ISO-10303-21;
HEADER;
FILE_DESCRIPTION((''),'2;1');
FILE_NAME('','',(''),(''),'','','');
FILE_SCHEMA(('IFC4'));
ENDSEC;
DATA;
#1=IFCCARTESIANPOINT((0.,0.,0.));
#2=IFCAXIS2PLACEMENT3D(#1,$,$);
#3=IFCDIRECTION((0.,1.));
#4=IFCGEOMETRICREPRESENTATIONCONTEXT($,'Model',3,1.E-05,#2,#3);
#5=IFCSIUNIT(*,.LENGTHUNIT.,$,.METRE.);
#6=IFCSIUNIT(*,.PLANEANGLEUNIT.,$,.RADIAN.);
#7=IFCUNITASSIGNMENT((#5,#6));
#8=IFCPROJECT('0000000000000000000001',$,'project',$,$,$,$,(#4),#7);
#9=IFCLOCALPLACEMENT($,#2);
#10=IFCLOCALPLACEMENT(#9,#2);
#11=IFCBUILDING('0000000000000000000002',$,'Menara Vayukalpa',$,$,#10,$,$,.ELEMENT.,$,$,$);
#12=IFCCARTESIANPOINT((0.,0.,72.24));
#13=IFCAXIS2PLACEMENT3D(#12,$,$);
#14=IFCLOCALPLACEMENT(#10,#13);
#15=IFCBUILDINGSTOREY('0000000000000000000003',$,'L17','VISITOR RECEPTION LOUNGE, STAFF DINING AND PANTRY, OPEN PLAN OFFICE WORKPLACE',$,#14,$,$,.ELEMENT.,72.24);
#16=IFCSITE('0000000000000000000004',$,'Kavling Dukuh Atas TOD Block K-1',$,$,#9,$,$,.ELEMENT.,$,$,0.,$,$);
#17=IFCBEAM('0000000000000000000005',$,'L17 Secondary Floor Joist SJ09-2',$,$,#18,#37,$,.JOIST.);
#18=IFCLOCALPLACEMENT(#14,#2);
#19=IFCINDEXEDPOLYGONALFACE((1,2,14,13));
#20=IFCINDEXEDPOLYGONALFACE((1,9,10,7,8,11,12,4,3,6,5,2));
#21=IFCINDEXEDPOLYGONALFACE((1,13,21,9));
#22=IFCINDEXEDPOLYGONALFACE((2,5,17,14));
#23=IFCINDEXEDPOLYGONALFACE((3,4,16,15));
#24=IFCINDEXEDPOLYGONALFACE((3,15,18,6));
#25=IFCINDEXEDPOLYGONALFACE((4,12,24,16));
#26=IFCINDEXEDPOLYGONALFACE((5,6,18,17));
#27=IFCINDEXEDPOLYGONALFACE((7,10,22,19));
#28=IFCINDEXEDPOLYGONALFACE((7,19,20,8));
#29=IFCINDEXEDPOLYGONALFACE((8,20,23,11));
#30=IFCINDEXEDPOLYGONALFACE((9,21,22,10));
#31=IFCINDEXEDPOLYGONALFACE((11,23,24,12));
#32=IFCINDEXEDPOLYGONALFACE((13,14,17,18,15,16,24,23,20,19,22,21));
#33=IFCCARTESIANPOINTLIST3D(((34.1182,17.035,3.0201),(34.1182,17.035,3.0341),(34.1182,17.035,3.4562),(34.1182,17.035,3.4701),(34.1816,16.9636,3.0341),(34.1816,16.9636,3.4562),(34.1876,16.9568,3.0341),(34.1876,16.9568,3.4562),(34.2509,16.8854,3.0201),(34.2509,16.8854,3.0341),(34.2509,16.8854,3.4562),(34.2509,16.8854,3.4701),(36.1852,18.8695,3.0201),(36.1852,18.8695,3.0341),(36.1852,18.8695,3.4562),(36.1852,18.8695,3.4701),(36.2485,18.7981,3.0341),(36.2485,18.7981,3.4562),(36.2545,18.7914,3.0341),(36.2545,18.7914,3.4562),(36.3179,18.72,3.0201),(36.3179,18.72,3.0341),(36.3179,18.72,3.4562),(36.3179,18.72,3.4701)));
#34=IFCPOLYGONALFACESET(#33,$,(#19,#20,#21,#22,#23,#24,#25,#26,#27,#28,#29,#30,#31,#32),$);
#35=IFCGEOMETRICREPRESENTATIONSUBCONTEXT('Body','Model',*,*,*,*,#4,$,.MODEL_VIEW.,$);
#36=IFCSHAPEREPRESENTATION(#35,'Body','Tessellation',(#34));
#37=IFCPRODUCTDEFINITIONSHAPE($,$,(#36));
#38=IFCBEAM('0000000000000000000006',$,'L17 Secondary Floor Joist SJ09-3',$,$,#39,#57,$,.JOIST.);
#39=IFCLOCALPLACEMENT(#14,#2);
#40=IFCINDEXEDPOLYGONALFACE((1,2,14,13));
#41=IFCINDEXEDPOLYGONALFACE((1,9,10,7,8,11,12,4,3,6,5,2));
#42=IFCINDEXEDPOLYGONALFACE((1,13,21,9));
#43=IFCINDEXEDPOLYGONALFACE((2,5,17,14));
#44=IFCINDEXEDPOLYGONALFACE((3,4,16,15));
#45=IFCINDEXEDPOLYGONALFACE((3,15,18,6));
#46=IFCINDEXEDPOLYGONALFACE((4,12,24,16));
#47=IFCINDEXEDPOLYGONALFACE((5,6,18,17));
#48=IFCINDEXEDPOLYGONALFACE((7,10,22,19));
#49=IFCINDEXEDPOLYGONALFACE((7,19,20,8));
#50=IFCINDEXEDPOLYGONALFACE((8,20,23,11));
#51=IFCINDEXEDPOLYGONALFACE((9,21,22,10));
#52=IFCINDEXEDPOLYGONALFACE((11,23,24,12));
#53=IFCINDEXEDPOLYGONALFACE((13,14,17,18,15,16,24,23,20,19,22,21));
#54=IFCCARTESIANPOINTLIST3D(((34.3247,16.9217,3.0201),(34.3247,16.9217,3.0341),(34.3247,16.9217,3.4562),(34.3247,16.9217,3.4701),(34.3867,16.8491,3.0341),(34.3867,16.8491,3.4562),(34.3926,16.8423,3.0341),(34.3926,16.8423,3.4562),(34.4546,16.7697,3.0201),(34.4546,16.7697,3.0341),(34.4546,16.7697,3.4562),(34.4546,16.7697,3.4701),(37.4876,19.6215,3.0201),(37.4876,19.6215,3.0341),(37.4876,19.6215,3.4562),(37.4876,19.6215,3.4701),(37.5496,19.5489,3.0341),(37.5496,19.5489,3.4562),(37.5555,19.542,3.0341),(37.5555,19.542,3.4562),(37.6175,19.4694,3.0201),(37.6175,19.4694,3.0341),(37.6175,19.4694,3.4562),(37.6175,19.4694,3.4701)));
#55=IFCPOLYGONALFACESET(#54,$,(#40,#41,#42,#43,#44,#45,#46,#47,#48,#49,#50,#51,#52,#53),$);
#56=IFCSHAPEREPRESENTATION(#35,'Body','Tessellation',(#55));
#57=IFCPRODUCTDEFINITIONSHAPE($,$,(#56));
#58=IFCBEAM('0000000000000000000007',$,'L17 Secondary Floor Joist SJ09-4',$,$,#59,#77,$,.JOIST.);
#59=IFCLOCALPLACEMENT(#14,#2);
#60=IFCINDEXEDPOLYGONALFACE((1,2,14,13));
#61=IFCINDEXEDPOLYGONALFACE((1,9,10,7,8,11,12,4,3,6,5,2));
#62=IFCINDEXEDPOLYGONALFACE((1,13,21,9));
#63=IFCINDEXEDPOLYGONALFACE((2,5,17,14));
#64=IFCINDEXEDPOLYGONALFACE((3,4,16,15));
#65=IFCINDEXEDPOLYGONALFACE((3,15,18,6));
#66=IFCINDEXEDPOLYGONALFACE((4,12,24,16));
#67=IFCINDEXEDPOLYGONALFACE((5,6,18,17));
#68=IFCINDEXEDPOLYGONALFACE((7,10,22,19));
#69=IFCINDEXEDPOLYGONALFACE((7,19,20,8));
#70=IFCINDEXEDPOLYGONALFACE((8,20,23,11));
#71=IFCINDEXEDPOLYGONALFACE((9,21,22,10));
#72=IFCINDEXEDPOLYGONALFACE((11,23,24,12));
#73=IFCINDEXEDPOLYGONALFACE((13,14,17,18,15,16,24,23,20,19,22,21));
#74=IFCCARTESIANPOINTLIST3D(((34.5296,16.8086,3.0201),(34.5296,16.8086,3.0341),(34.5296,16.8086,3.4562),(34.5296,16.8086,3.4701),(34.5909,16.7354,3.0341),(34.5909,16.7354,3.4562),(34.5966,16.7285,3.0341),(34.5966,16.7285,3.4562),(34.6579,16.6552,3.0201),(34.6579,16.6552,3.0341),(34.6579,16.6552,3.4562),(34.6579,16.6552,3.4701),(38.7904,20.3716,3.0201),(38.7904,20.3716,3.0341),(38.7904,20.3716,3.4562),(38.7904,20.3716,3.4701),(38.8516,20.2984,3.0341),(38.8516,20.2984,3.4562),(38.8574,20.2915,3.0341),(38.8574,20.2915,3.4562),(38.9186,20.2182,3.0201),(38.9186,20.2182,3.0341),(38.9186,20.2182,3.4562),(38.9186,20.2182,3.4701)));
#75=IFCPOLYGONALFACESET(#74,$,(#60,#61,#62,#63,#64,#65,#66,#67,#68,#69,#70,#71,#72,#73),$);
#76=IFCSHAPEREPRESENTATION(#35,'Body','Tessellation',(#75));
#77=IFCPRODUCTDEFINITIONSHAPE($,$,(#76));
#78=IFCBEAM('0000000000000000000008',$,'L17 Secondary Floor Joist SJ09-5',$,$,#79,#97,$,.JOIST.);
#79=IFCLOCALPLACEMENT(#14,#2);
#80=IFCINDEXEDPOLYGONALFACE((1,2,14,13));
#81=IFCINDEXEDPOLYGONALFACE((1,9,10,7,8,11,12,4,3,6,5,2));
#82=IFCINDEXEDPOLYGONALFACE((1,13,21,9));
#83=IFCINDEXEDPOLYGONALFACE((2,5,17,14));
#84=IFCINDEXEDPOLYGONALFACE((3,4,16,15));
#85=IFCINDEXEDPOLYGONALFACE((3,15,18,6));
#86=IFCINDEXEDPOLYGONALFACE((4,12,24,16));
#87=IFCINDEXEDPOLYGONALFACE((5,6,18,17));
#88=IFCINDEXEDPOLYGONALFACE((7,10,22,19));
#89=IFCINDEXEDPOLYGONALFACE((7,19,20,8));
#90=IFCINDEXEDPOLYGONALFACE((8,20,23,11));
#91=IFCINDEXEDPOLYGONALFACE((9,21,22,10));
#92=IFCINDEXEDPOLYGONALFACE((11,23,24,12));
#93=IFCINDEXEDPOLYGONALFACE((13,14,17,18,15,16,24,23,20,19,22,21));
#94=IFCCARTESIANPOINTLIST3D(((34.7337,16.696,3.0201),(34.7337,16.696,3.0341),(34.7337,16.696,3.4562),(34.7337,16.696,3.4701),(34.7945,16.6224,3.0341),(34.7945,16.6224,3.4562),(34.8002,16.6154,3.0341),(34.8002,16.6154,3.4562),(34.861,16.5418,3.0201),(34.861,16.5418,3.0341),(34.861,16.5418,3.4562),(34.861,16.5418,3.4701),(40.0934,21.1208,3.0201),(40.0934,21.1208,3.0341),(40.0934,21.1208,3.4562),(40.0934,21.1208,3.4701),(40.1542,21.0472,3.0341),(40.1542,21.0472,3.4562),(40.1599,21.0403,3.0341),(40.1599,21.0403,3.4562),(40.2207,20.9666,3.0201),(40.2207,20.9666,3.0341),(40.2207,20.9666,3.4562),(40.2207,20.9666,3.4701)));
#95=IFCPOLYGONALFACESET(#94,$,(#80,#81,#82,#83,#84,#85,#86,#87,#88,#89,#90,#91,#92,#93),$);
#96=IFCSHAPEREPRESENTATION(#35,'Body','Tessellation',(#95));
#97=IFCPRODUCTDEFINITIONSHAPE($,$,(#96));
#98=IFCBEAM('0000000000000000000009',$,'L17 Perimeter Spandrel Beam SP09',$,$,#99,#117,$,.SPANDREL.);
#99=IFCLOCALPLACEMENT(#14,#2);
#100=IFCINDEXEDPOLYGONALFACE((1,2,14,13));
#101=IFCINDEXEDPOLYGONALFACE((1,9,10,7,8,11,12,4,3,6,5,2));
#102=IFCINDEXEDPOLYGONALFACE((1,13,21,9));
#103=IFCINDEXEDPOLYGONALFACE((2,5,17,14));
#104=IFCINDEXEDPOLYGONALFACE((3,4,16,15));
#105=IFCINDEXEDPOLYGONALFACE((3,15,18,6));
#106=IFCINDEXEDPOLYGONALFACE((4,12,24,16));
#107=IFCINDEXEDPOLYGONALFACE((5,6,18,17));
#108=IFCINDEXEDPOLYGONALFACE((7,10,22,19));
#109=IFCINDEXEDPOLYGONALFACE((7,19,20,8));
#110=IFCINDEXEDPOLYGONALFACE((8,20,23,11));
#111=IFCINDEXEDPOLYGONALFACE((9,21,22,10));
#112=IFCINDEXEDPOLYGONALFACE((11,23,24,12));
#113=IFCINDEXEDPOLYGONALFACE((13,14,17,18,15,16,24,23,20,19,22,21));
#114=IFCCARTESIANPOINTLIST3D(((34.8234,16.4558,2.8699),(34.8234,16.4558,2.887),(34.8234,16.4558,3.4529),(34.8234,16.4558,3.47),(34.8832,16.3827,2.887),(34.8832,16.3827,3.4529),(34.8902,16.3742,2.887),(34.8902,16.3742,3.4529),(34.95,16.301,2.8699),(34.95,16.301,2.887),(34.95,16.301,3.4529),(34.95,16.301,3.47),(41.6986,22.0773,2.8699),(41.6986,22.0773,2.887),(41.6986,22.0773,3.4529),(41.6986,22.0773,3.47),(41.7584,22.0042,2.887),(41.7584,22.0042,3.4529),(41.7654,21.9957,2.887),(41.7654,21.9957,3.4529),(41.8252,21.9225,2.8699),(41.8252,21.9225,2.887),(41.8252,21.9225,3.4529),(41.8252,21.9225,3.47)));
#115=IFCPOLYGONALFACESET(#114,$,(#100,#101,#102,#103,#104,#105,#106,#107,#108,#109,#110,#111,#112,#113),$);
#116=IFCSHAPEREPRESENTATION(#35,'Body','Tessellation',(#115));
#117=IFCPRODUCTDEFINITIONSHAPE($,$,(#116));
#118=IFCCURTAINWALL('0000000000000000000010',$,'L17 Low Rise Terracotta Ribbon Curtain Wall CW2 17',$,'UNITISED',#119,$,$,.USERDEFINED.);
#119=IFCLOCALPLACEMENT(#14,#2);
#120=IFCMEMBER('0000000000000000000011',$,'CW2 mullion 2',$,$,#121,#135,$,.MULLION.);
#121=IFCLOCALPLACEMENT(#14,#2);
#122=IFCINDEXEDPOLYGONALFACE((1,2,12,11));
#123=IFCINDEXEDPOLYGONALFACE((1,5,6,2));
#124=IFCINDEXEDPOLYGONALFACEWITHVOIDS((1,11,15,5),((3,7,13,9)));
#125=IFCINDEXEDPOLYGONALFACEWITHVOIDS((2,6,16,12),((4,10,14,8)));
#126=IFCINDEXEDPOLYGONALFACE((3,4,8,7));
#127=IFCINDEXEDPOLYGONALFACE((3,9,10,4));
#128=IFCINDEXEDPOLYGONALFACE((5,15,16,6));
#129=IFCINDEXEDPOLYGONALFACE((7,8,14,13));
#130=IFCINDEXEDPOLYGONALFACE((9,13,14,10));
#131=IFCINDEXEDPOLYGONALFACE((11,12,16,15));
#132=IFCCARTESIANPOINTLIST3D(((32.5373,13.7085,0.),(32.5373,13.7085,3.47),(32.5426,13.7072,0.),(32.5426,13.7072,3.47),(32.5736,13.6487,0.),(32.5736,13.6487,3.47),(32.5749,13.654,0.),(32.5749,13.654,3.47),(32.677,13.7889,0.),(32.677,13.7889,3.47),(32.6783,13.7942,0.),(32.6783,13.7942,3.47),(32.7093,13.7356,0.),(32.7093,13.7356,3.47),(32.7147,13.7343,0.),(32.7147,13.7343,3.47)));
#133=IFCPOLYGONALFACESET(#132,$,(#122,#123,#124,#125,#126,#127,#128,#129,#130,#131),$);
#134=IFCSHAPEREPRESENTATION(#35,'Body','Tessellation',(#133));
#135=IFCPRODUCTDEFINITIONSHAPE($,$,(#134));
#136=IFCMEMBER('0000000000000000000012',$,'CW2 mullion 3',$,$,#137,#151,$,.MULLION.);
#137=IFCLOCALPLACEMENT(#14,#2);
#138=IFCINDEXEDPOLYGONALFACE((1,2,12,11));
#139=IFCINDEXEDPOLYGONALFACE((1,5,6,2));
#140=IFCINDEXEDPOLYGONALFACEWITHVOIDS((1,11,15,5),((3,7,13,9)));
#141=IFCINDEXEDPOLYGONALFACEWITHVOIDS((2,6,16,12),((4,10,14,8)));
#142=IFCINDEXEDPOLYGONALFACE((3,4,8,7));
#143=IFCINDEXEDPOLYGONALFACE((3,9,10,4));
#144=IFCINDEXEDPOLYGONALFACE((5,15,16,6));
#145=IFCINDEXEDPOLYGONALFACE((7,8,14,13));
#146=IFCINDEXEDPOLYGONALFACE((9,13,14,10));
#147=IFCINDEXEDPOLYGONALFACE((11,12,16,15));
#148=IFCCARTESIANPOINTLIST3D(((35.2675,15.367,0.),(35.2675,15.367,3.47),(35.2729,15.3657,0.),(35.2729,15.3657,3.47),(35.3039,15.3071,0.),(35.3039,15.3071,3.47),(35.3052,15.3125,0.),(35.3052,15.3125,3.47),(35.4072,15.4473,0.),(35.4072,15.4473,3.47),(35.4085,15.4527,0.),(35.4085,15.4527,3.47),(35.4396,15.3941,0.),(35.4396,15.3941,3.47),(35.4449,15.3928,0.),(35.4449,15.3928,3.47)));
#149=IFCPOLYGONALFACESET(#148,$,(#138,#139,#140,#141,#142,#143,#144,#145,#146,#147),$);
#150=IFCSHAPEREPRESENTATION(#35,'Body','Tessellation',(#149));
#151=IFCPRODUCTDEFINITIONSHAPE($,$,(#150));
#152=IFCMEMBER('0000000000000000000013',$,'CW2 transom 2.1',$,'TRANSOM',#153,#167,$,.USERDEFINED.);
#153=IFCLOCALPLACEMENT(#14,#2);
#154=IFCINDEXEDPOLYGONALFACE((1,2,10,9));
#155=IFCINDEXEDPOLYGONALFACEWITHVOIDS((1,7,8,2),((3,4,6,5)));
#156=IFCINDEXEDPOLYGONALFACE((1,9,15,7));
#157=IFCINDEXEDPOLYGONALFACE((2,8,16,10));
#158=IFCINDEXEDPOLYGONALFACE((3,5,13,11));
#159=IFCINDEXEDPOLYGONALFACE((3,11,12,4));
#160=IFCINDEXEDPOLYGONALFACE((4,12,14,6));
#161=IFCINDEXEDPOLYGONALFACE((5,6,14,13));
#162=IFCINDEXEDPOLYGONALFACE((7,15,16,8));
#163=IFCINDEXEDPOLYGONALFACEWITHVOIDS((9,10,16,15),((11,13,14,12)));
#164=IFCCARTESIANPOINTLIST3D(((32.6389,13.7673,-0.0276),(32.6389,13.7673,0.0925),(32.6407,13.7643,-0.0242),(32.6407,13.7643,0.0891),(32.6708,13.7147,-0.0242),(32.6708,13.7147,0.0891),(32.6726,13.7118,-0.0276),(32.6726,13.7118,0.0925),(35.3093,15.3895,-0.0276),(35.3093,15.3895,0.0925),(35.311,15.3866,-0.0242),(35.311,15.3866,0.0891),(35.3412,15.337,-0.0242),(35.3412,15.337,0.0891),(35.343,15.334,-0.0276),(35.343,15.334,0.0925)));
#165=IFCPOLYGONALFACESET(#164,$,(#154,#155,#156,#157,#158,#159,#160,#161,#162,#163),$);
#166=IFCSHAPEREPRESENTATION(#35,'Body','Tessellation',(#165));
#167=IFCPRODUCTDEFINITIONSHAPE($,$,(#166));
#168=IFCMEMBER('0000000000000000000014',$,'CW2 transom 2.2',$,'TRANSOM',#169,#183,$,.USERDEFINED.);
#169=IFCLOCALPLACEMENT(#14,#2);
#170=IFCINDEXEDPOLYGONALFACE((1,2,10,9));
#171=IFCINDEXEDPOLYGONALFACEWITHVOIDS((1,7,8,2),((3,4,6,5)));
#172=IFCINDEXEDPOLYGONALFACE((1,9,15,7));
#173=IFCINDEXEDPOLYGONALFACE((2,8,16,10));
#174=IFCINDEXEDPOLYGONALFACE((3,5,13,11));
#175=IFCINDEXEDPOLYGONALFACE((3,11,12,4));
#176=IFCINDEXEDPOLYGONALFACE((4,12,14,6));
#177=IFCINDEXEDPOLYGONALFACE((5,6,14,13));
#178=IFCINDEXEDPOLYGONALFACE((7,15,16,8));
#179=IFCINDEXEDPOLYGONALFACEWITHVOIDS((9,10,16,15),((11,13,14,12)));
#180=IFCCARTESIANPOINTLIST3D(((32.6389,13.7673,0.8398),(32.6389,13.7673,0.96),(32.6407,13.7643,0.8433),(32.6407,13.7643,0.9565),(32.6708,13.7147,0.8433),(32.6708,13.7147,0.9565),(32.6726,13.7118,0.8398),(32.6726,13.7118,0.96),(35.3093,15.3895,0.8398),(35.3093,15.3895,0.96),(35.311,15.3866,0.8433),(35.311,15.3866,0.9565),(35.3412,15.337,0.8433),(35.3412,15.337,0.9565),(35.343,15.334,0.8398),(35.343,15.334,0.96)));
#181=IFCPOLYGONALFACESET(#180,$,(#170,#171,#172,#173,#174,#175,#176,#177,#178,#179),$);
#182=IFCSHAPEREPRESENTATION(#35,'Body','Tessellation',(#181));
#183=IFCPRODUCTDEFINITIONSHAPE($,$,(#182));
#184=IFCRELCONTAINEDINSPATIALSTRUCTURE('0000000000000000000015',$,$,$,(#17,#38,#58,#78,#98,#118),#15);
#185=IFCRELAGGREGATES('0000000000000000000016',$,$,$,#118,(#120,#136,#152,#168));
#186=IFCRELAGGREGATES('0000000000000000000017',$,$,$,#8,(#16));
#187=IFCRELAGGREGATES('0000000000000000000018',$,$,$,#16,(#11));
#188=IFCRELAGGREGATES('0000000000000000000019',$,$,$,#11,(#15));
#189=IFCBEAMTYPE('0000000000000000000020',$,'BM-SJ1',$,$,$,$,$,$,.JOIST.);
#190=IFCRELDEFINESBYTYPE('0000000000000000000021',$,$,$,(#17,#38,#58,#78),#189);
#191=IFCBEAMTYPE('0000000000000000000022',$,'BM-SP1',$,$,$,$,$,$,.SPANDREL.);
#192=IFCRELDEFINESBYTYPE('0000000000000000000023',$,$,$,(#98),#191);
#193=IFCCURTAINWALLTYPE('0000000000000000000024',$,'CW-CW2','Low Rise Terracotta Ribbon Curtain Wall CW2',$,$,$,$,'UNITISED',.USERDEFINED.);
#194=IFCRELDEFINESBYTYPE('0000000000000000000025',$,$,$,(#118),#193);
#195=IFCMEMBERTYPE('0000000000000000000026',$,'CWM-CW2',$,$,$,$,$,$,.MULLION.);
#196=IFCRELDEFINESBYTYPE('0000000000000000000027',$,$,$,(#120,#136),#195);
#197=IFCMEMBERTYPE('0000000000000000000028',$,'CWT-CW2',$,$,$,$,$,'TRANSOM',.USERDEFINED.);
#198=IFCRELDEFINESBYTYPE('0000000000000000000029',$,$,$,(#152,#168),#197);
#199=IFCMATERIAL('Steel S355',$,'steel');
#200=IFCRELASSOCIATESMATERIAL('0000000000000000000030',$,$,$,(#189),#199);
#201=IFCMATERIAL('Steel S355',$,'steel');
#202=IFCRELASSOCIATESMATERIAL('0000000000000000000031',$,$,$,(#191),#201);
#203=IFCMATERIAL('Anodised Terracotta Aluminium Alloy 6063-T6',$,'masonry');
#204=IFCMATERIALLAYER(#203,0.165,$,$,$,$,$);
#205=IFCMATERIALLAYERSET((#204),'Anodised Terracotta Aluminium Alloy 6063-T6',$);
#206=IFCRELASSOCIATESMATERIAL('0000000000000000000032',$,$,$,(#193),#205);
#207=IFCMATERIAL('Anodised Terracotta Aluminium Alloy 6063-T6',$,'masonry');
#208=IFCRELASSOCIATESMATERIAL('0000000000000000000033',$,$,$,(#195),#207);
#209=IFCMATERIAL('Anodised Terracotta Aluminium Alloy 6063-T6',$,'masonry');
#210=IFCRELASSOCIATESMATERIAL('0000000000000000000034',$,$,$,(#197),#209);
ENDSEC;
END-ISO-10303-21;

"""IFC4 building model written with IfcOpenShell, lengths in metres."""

from ifc_helpers import new_model, si_unit, direction, frame, origin, origin_2d, place, context, subcontext, project, spatial, hollow_rectangle, i_section, extrude, material, layer, layer_set, material_profile, profile_set, type_object, element, aggregate, save


model = new_model("IFC4")

# Units and contexts
model_context = context("Model", 3, precision=1e-05, world=origin(), true_north=direction((0.0, 1.0)))
body_context = subcontext(model_context, "Body", "Model", "MODEL_VIEW")
ifc_project = project(units=[si_unit("LENGTHUNIT", "METRE"), si_unit("PLANEANGLEUNIT", "RADIAN")], contexts=[model_context])

# Site, building, storey
site_placement = place(None, origin())
site = spatial("IfcSite", under=ifc_project, at=site_placement, Name="Kavling Dukuh Atas TOD Block K-1", CompositionType="ELEMENT", RefElevation=0.0)
building_placement = place(site_placement, origin())
building = spatial("IfcBuilding", under=site, at=building_placement, Name="Menara Vayukalpa", CompositionType="ELEMENT")
storey_placement = place(building_placement, frame((0.0, 0.0, 72.24)))
storey = spatial("IfcBuildingStorey", under=building, at=storey_placement, Name="L17", Description="VISITOR RECEPTION LOUNGE, STAFF DINING AND PANTRY, OPEN PLAN OFFICE WORKPLACE", CompositionType="ELEMENT", Elevation=72.24)

# Beams
ifc_material_1 = material(Name="Steel S355", Category="steel")
ifc_material_profile_1 = material_profile(ifc_material_1, i_section(OverallWidth=0.2, OverallDepth=0.45, WebThickness=0.009, FlangeThickness=0.0139, at=origin_2d()), Name="WF 450x200x9x14")
ifc_profile_set_1 = profile_set([ifc_material_profile_1], Name="Steel S355")
beam_type_1 = type_object("IfcBeamType", Name="BM-SJ1", PredefinedType="JOIST", material=ifc_profile_set_1)
beam_1_placement = place(storey_placement, frame((34.1846, 16.9602, 3.2451), z_axis=(0.747906, 0.663804, 0.0), x_axis=(-0.663804, 0.747906, 0.0)))
element("IfcBeam", 1, at=beam_1_placement, inside=storey, type_object=beam_type_1, Name="L17 Secondary Floor Joist SJ09-2", PredefinedType="JOIST", context=body_context, shape_type="SweptSolid", body=[
    extrude(i_section(OverallWidth=0.2, OverallDepth=0.45, WebThickness=0.009, FlangeThickness=0.0139, at=origin_2d()), origin(), (0.0, 0.0, 1.0), 2.7637),
])
beam_2_placement = place(storey_placement, frame((34.3896, 16.8457, 3.2451), z_axis=(0.760598, 0.649223, 0.0), x_axis=(-0.649223, 0.760598, 0.0)))
element("IfcBeam", 2, at=beam_2_placement, inside=storey, type_object=beam_type_1, Name="L17 Secondary Floor Joist SJ09-3", PredefinedType="JOIST", context=body_context, shape_type="SweptSolid", body=[
    extrude(i_section(OverallWidth=0.2, OverallDepth=0.45, WebThickness=0.009, FlangeThickness=0.0139, at=origin_2d()), origin(), (0.0, 0.0, 1.0), 4.1584),
])
beam_3_placement = place(storey_placement, frame((34.5938, 16.7319, 3.2451), z_axis=(0.767125, 0.641498, 0.0), x_axis=(-0.641498, 0.767125, 0.0)))
element("IfcBeam", 3, at=beam_3_placement, inside=storey, type_object=beam_type_1, Name="L17 Secondary Floor Joist SJ09-4", PredefinedType="JOIST", context=body_context, shape_type="SweptSolid", body=[
    extrude(i_section(OverallWidth=0.2, OverallDepth=0.45, WebThickness=0.009, FlangeThickness=0.0139, at=origin_2d()), origin(), (0.0, 0.0, 1.0), 5.5542),
])
beam_4_placement = place(storey_placement, frame((34.7974, 16.6189, 3.2451), z_axis=(0.771153, 0.63665, 0.0), x_axis=(-0.63665, 0.771153, 0.0)))
element("IfcBeam", 4, at=beam_4_placement, inside=storey, type_object=beam_type_1, Name="L17 Secondary Floor Joist SJ09-5", PredefinedType="JOIST", context=body_context, shape_type="SweptSolid", body=[
    extrude(i_section(OverallWidth=0.2, OverallDepth=0.45, WebThickness=0.009, FlangeThickness=0.0139, at=origin_2d()), origin(), (0.0, 0.0, 1.0), 6.9502),
])
ifc_material_2 = material(Name="Steel S355", Category="steel")
ifc_material_profile_2 = material_profile(ifc_material_2, i_section(OverallWidth=0.2, OverallDepth=0.6001, WebThickness=0.011, FlangeThickness=0.0171, at=origin_2d()), Name="WF 600x200x11x17")
ifc_profile_set_2 = profile_set([ifc_material_profile_2], Name="Steel S355")
beam_type_2 = type_object("IfcBeamType", Name="BM-SP1", PredefinedType="SPANDREL", material=ifc_profile_set_2)
beam_5_placement = place(storey_placement, frame((34.8867, 16.3784, 3.1699), z_axis=(0.774157, 0.632994, 0.0), x_axis=(-0.632994, 0.774157, 0.0)))
element("IfcBeam", 5, at=beam_5_placement, inside=storey, type_object=beam_type_2, Name="L17 Perimeter Spandrel Beam SP09", PredefinedType="SPANDREL", context=body_context, shape_type="SweptSolid", body=[
    extrude(i_section(OverallWidth=0.2, OverallDepth=0.6001, WebThickness=0.011, FlangeThickness=0.0171, at=origin_2d()), origin(), (0.0, 0.0, 1.0), 8.8809),
])

# Curtain wall, members
ifc_material_3 = material(Name="Anodised Terracotta Aluminium Alloy 6063-T6", Category="masonry")
ifc_layer_1 = layer(ifc_material_3, 0.165)
ifc_layer_set_1 = layer_set([ifc_layer_1], Name="Anodised Terracotta Aluminium Alloy 6063-T6")
curtain_wall_type = type_object("IfcCurtainWallType", Name="CW-CW2", Description="Low Rise Terracotta Ribbon Curtain Wall CW2", ElementType="UNITISED", PredefinedType="USERDEFINED", material=ifc_layer_set_1)
curtain_wall_placement = place(storey_placement, origin())
curtain_wall = element("IfcCurtainWall", 6, at=curtain_wall_placement, inside=storey, type_object=curtain_wall_type, Name="L17 Low Rise Terracotta Ribbon Curtain Wall CW2 17", ObjectType="UNITISED", PredefinedType="USERDEFINED")
ifc_material_4 = material(Name="Anodised Terracotta Aluminium Alloy 6063-T6", Category="masonry")
ifc_material_profile_3 = material_profile(ifc_material_4, hollow_rectangle(XDim=0.0701, YDim=0.165, WallThickness=0.0039, at=origin_2d()), Name="ALU 70x165x4")
ifc_profile_set_3 = profile_set([ifc_material_profile_3], Name="Anodised Terracotta Aluminium Alloy 6063-T6")
member_type_1 = type_object("IfcMemberType", Name="CWM-CW2", PredefinedType="MULLION", material=ifc_profile_set_3)
member_1_placement = place(storey_placement, frame((32.626, 13.7214, 0.0), z_axis=(0.0, 0.0, 1.0), x_axis=(-0.519183, 0.854663, 0.0)))
member_1 = element("IfcMember", 7, at=member_1_placement, type_object=member_type_1, Name="CW2 mullion 2", PredefinedType="MULLION", context=body_context, shape_type="SweptSolid", body=[
    extrude(hollow_rectangle(XDim=0.0701, YDim=0.165, WallThickness=0.0039, at=origin_2d()), origin(), (0.0, 0.0, 1.0), 3.47),
])
member_2_placement = place(storey_placement, frame((35.3562, 15.3799, 0.0), z_axis=(0.0, 0.0, 1.0), x_axis=(-0.519183, 0.854663, 0.0)))
member_2 = element("IfcMember", 8, at=member_2_placement, type_object=member_type_1, Name="CW2 mullion 3", PredefinedType="MULLION", context=body_context, shape_type="SweptSolid", body=[
    extrude(hollow_rectangle(XDim=0.0701, YDim=0.165, WallThickness=0.0039, at=origin_2d()), origin(), (0.0, 0.0, 1.0), 3.47),
])
ifc_material_5 = material(Name="Anodised Terracotta Aluminium Alloy 6063-T6", Category="masonry")
ifc_material_profile_4 = material_profile(ifc_material_5, hollow_rectangle(XDim=0.0649, YDim=0.1201, WallThickness=0.0034, at=origin_2d()), Name="ALU 65x120x3.5")
ifc_profile_set_4 = profile_set([ifc_material_profile_4], Name="Anodised Terracotta Aluminium Alloy 6063-T6")
member_type_2 = type_object("IfcMemberType", Name="CWT-CW2", ElementType="TRANSOM", PredefinedType="USERDEFINED", material=ifc_profile_set_4)
member_3_placement = place(storey_placement, frame((32.6558, 13.7395, 0.0325), z_axis=(0.854646, 0.519211, 0.0), x_axis=(-0.519211, 0.854646, 0.0)))
member_3 = element("IfcMember", 9, at=member_3_placement, type_object=member_type_2, Name="CW2 transom 2.1", ObjectType="TRANSOM", PredefinedType="USERDEFINED", context=body_context, shape_type="SweptSolid", body=[
    extrude(hollow_rectangle(XDim=0.0649, YDim=0.1201, WallThickness=0.0034, at=origin_2d()), origin(), (0.0, 0.0, 1.0), 3.1245),
])
member_4_placement = place(storey_placement, frame((32.6558, 13.7395, 0.8999), z_axis=(0.854646, 0.519211, 0.0), x_axis=(-0.519211, 0.854646, 0.0)))
member_4 = element("IfcMember", 10, at=member_4_placement, type_object=member_type_2, Name="CW2 transom 2.2", ObjectType="TRANSOM", PredefinedType="USERDEFINED", context=body_context, shape_type="SweptSolid", body=[
    extrude(hollow_rectangle(XDim=0.0649, YDim=0.1201, WallThickness=0.0034, at=origin_2d()), origin(), (0.0, 0.0, 1.0), 3.1245),
])
aggregate(curtain_wall, [member_1, member_2, member_3, member_4])

save(model, "model.ifc")
